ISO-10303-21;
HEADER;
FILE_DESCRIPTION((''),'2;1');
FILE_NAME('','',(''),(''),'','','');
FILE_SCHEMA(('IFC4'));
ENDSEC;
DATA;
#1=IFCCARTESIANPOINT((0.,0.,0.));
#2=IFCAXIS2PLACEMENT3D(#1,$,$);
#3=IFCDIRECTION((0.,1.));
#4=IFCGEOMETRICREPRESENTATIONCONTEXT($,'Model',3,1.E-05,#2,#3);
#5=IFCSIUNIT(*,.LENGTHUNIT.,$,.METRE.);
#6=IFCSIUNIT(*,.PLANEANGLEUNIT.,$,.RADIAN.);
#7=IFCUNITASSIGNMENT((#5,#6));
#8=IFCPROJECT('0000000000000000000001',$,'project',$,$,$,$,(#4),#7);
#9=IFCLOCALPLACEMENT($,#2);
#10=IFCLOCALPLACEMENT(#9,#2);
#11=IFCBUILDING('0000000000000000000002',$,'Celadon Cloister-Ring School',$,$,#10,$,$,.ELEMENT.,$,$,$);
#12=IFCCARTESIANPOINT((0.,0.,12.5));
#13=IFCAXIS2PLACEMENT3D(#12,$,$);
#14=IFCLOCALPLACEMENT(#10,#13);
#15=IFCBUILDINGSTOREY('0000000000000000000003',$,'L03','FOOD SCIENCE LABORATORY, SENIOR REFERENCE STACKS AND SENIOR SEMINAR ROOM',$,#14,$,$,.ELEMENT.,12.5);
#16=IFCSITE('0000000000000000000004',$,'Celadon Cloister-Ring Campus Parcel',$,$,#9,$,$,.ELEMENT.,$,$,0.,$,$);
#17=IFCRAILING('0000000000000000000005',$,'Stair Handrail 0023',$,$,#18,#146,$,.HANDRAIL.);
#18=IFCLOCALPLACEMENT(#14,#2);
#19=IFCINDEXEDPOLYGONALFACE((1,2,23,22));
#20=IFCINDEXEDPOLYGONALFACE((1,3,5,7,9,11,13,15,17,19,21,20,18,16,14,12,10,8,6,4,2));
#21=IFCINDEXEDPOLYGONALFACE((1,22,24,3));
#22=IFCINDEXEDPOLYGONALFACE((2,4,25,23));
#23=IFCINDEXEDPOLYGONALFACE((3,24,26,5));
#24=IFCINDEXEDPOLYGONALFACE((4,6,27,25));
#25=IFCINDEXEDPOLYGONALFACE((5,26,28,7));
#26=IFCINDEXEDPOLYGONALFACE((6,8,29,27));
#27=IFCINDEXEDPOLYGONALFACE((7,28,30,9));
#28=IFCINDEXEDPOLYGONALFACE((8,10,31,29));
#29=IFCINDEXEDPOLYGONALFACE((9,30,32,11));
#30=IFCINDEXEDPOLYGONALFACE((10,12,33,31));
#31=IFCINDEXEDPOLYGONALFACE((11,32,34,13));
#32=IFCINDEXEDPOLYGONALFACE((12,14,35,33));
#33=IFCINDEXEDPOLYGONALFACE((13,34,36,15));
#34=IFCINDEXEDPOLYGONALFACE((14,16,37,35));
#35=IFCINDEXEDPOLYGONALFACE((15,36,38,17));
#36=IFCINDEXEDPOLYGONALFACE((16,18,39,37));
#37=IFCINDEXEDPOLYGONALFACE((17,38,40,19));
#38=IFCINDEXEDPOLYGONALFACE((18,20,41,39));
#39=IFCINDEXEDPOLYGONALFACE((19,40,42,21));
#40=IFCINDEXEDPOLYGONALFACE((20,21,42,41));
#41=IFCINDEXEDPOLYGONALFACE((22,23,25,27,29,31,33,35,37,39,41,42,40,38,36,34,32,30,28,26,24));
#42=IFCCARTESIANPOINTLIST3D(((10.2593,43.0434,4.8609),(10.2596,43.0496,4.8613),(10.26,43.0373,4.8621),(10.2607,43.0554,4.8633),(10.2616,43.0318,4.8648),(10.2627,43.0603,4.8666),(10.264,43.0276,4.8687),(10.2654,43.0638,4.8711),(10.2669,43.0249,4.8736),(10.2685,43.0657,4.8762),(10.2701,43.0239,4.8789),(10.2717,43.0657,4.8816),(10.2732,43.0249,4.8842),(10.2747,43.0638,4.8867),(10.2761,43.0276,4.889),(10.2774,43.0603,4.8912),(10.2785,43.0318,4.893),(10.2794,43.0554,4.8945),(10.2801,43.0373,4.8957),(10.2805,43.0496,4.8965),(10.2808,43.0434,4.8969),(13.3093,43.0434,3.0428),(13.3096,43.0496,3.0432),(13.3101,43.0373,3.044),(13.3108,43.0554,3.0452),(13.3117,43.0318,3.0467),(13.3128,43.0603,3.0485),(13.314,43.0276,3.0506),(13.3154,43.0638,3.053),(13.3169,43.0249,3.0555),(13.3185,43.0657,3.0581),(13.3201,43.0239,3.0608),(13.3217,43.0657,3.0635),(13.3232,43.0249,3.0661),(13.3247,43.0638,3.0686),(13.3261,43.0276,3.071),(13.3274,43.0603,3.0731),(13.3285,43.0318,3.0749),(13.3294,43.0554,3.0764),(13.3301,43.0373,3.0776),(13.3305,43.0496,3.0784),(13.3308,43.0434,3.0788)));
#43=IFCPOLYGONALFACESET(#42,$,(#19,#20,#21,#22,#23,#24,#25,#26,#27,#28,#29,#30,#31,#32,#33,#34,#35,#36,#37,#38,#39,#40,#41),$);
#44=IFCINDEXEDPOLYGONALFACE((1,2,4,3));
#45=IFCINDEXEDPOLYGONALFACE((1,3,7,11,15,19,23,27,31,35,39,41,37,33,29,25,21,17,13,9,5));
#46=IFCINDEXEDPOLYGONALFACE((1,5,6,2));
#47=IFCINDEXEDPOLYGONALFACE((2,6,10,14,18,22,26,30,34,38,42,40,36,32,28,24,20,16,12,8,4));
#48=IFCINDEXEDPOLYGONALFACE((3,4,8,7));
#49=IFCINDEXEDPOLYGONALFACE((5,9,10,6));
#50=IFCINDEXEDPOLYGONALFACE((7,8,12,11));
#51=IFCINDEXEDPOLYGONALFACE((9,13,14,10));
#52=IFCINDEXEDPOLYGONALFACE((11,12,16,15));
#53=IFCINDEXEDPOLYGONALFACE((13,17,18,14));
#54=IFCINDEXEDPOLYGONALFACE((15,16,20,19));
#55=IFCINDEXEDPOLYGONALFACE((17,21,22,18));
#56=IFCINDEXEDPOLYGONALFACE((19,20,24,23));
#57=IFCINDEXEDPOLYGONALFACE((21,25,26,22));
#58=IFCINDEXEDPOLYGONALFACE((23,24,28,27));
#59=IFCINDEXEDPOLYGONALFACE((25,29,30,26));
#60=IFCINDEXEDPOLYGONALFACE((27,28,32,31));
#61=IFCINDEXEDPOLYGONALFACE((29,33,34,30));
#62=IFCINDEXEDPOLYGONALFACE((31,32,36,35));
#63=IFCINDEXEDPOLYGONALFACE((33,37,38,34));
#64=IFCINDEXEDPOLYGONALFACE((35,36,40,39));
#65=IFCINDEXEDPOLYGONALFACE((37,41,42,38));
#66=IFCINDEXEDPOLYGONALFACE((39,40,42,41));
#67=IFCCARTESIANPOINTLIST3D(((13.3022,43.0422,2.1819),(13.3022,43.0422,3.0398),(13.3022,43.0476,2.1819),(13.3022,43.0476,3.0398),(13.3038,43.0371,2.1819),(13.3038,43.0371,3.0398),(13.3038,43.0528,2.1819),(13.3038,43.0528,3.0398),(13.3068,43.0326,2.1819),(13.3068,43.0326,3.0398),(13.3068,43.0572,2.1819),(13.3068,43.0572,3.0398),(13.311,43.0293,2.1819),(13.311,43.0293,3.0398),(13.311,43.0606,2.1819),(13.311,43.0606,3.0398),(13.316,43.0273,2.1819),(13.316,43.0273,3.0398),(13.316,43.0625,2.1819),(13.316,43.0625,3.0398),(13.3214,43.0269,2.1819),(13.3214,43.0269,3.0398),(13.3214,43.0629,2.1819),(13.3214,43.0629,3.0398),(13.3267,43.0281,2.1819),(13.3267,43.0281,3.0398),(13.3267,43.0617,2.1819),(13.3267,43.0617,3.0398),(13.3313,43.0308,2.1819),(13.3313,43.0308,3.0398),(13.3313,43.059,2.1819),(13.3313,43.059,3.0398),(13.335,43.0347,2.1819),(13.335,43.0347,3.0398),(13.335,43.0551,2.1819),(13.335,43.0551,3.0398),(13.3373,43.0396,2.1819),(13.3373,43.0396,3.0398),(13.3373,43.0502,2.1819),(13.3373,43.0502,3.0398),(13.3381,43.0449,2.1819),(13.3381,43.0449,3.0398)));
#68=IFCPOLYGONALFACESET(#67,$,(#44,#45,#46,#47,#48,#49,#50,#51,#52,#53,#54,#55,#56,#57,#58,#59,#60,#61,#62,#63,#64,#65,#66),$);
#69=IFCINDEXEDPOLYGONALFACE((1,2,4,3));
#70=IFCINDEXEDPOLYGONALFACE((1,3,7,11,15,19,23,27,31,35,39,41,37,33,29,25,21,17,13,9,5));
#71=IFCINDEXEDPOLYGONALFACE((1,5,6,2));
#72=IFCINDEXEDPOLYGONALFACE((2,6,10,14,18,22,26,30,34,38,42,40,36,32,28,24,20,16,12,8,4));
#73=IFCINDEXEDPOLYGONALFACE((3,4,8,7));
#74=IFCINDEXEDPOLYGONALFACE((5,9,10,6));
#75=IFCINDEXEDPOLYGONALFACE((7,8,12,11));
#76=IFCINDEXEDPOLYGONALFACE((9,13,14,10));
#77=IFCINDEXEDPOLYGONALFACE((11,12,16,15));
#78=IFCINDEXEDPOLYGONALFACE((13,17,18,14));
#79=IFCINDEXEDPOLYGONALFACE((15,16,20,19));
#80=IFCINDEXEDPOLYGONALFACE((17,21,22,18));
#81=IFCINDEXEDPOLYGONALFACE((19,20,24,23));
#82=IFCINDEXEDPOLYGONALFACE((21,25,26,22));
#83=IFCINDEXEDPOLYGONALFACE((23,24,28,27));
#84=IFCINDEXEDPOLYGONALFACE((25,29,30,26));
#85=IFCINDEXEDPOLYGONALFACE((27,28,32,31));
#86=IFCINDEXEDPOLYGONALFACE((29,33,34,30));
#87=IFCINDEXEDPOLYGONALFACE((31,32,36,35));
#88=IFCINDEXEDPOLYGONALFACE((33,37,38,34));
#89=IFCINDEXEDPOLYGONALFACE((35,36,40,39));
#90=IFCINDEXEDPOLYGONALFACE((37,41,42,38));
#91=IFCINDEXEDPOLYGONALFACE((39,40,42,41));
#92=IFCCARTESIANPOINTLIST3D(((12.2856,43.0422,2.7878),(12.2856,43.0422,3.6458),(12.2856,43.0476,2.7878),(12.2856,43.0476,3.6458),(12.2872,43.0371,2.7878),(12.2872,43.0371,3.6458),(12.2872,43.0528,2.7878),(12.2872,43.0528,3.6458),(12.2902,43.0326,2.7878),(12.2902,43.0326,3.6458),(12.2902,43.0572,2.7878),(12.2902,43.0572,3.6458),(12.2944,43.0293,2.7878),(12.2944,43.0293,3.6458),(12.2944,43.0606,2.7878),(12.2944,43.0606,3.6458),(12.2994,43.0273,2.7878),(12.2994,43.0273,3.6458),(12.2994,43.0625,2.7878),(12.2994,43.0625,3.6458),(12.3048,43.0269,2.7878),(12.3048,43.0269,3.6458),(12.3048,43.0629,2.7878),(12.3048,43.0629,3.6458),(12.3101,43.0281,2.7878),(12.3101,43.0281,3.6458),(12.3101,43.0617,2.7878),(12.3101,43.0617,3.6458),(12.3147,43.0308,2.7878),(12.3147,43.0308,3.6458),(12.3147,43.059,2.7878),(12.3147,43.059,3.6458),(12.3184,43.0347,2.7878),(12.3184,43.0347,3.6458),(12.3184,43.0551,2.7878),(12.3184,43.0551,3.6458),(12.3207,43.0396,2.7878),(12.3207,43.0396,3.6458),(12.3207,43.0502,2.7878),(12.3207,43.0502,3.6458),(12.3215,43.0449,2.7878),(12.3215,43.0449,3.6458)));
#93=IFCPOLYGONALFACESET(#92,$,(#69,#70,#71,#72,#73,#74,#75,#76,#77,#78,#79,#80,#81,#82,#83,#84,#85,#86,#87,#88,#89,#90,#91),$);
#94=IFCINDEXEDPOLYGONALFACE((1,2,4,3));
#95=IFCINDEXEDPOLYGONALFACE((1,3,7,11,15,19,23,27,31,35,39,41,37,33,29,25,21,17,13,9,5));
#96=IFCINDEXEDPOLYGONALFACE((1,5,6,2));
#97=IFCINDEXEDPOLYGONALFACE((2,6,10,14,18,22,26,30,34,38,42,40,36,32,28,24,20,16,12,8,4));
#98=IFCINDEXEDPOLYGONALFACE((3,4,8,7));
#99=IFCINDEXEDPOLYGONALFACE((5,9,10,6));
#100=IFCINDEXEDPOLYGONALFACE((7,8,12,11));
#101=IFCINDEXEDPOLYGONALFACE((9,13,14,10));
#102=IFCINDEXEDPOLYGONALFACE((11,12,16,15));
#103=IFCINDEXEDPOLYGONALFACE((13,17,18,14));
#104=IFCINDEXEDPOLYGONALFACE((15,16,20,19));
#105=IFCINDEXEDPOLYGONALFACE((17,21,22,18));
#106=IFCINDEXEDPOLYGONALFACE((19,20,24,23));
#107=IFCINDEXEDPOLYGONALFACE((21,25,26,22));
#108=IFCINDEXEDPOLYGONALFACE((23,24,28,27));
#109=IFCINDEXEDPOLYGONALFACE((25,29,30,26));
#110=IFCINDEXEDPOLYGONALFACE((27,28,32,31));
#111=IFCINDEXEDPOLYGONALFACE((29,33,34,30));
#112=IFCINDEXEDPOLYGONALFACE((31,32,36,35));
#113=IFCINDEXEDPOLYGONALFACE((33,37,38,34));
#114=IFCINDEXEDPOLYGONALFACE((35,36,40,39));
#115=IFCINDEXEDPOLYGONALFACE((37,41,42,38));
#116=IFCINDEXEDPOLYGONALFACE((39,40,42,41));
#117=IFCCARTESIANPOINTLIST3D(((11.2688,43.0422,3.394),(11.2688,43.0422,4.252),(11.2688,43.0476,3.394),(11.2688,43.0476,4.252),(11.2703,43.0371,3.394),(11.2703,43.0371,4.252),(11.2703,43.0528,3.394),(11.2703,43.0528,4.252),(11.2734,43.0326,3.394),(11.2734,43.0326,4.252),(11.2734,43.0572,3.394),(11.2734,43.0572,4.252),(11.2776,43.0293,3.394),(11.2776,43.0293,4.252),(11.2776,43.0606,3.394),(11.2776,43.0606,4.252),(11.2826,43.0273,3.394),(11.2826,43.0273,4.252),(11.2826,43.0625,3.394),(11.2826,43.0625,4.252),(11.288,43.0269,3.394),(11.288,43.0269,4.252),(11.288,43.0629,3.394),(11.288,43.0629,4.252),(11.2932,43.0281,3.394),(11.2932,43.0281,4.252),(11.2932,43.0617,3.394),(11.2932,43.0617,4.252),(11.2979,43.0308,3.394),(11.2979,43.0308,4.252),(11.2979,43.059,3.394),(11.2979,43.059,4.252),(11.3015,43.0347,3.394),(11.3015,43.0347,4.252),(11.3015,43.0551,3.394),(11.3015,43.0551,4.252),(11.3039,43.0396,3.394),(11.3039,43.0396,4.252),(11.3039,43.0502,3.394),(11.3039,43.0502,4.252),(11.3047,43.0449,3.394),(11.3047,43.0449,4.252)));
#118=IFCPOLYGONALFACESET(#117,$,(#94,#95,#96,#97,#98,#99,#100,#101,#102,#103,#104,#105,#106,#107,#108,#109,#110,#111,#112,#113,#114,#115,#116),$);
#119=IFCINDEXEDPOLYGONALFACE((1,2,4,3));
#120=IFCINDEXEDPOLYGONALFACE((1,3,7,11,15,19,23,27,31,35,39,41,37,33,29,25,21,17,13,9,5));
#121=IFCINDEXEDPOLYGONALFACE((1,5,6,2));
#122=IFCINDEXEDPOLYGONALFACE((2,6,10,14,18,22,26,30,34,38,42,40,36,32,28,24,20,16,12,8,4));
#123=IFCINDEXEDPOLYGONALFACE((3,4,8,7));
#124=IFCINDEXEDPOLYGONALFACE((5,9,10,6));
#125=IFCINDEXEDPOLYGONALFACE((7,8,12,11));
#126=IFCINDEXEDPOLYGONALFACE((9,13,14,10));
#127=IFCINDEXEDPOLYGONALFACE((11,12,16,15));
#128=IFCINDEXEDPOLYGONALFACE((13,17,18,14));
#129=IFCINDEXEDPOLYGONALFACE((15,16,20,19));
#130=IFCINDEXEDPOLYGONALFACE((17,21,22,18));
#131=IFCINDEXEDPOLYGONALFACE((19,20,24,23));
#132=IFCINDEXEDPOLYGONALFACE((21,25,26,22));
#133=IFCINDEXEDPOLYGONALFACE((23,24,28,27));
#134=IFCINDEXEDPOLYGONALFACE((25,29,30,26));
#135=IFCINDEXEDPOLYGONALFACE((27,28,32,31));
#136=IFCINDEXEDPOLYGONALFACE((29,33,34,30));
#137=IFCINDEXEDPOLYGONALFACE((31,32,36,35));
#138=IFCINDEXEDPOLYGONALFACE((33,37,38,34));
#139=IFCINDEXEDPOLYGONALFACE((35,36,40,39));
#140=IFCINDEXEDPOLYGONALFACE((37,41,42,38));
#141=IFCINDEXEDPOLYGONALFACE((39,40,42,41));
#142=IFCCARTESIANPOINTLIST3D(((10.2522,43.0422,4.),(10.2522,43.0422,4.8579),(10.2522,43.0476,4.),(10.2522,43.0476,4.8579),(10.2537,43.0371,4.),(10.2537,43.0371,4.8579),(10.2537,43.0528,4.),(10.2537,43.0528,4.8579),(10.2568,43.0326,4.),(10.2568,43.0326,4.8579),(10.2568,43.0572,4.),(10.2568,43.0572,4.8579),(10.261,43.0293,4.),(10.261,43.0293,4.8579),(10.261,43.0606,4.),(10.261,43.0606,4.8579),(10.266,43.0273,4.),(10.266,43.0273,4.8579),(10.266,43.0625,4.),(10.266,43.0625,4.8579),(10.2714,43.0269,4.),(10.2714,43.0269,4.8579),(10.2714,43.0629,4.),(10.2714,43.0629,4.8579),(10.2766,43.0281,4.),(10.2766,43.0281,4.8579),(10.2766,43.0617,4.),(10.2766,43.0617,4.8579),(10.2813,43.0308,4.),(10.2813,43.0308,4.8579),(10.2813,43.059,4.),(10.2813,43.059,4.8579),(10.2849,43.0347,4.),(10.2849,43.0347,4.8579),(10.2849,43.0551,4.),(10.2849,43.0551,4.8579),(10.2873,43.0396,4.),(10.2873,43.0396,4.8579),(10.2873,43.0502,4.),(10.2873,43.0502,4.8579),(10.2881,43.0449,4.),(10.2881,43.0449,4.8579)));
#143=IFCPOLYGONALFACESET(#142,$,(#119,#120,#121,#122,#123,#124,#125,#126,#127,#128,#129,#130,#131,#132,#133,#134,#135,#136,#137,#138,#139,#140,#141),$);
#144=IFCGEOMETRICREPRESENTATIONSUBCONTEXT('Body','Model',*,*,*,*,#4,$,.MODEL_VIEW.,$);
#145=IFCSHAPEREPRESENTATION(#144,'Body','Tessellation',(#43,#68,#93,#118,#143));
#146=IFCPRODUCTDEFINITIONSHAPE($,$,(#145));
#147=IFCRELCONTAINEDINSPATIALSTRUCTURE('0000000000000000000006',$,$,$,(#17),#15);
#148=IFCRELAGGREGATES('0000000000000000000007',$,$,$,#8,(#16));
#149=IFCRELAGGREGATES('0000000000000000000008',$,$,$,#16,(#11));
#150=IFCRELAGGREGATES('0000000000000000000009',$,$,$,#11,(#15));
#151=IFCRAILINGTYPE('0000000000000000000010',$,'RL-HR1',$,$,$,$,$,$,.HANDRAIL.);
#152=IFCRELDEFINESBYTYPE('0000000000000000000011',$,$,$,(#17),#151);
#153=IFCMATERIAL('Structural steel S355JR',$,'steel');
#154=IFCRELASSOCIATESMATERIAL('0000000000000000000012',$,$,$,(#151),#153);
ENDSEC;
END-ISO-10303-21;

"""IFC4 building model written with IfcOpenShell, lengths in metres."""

from ifc_helpers import new_model, si_unit, direction, frame, origin, origin_2d, place, context, subcontext, project, spatial, circle, extrude, material, type_object, element, save


model = new_model("IFC4")

# Units and contexts
model_context = context("Model", 3, precision=1e-05, world=origin(), true_north=direction((0.0, 1.0)))
body_context = subcontext(model_context, "Body", "Model", "MODEL_VIEW")
ifc_project = project(units=[si_unit("LENGTHUNIT", "METRE"), si_unit("PLANEANGLEUNIT", "RADIAN")], contexts=[model_context])

# Site, building, storey
site_placement = place(None, origin())
site = spatial("IfcSite", under=ifc_project, at=site_placement, Name="Celadon Cloister-Ring Campus Parcel", CompositionType="ELEMENT", RefElevation=0.0)
building_placement = place(site_placement, origin())
building = spatial("IfcBuilding", under=site, at=building_placement, Name="Celadon Cloister-Ring School", CompositionType="ELEMENT")
storey_placement = place(building_placement, frame((0.0, 0.0, 12.5)))
storey = spatial("IfcBuildingStorey", under=building, at=storey_placement, Name="L03", Description="FOOD SCIENCE LABORATORY, SENIOR REFERENCE STACKS AND SENIOR SEMINAR ROOM", CompositionType="ELEMENT", Elevation=12.5)

# Railing
ifc_material_1 = material(Name="Structural steel S355JR", Category="steel")
railing_type_1 = type_object("IfcRailingType", Name="RL-HR1", PredefinedType="HANDRAIL", material=ifc_material_1)
for number, where, name in (
    (1, (13.3201, 43.0449, 2.1819), "Stair Handrail 0023"),
):
    element("IfcRailing", number, at=place(storey_placement, frame(where)), inside=storey, type_object=railing_type_1, Name=name, PredefinedType="HANDRAIL", context=body_context, shape_type="SweptSolid", body=[
        extrude(circle(Radius=0.021, at=origin_2d()), frame((0.0, 0.0, 0.8789), z_axis=(-0.85897, 0.0, 0.512026), x_axis=(0.0, -1.0, 0.0)), (0.0, 0.0, 1.0), 3.5508),
        extrude(circle(Radius=0.0181, at=origin_2d()), origin(), (0.0, 0.0, 1.0), 0.8579),
        extrude(circle(Radius=0.0181, at=origin_2d()), frame((-1.0166, 0.0, 0.606)), (0.0, 0.0, 1.0), 0.8579),
        extrude(circle(Radius=0.0181, at=origin_2d()), frame((-2.0334, 0.0, 1.2122)), (0.0, 0.0, 1.0), 0.8579),
        extrude(circle(Radius=0.0181, at=origin_2d()), frame((-3.05, 0.0, 1.8181)), (0.0, 0.0, 1.0), 0.8579),
    ])

save(model, "model.ifc")
